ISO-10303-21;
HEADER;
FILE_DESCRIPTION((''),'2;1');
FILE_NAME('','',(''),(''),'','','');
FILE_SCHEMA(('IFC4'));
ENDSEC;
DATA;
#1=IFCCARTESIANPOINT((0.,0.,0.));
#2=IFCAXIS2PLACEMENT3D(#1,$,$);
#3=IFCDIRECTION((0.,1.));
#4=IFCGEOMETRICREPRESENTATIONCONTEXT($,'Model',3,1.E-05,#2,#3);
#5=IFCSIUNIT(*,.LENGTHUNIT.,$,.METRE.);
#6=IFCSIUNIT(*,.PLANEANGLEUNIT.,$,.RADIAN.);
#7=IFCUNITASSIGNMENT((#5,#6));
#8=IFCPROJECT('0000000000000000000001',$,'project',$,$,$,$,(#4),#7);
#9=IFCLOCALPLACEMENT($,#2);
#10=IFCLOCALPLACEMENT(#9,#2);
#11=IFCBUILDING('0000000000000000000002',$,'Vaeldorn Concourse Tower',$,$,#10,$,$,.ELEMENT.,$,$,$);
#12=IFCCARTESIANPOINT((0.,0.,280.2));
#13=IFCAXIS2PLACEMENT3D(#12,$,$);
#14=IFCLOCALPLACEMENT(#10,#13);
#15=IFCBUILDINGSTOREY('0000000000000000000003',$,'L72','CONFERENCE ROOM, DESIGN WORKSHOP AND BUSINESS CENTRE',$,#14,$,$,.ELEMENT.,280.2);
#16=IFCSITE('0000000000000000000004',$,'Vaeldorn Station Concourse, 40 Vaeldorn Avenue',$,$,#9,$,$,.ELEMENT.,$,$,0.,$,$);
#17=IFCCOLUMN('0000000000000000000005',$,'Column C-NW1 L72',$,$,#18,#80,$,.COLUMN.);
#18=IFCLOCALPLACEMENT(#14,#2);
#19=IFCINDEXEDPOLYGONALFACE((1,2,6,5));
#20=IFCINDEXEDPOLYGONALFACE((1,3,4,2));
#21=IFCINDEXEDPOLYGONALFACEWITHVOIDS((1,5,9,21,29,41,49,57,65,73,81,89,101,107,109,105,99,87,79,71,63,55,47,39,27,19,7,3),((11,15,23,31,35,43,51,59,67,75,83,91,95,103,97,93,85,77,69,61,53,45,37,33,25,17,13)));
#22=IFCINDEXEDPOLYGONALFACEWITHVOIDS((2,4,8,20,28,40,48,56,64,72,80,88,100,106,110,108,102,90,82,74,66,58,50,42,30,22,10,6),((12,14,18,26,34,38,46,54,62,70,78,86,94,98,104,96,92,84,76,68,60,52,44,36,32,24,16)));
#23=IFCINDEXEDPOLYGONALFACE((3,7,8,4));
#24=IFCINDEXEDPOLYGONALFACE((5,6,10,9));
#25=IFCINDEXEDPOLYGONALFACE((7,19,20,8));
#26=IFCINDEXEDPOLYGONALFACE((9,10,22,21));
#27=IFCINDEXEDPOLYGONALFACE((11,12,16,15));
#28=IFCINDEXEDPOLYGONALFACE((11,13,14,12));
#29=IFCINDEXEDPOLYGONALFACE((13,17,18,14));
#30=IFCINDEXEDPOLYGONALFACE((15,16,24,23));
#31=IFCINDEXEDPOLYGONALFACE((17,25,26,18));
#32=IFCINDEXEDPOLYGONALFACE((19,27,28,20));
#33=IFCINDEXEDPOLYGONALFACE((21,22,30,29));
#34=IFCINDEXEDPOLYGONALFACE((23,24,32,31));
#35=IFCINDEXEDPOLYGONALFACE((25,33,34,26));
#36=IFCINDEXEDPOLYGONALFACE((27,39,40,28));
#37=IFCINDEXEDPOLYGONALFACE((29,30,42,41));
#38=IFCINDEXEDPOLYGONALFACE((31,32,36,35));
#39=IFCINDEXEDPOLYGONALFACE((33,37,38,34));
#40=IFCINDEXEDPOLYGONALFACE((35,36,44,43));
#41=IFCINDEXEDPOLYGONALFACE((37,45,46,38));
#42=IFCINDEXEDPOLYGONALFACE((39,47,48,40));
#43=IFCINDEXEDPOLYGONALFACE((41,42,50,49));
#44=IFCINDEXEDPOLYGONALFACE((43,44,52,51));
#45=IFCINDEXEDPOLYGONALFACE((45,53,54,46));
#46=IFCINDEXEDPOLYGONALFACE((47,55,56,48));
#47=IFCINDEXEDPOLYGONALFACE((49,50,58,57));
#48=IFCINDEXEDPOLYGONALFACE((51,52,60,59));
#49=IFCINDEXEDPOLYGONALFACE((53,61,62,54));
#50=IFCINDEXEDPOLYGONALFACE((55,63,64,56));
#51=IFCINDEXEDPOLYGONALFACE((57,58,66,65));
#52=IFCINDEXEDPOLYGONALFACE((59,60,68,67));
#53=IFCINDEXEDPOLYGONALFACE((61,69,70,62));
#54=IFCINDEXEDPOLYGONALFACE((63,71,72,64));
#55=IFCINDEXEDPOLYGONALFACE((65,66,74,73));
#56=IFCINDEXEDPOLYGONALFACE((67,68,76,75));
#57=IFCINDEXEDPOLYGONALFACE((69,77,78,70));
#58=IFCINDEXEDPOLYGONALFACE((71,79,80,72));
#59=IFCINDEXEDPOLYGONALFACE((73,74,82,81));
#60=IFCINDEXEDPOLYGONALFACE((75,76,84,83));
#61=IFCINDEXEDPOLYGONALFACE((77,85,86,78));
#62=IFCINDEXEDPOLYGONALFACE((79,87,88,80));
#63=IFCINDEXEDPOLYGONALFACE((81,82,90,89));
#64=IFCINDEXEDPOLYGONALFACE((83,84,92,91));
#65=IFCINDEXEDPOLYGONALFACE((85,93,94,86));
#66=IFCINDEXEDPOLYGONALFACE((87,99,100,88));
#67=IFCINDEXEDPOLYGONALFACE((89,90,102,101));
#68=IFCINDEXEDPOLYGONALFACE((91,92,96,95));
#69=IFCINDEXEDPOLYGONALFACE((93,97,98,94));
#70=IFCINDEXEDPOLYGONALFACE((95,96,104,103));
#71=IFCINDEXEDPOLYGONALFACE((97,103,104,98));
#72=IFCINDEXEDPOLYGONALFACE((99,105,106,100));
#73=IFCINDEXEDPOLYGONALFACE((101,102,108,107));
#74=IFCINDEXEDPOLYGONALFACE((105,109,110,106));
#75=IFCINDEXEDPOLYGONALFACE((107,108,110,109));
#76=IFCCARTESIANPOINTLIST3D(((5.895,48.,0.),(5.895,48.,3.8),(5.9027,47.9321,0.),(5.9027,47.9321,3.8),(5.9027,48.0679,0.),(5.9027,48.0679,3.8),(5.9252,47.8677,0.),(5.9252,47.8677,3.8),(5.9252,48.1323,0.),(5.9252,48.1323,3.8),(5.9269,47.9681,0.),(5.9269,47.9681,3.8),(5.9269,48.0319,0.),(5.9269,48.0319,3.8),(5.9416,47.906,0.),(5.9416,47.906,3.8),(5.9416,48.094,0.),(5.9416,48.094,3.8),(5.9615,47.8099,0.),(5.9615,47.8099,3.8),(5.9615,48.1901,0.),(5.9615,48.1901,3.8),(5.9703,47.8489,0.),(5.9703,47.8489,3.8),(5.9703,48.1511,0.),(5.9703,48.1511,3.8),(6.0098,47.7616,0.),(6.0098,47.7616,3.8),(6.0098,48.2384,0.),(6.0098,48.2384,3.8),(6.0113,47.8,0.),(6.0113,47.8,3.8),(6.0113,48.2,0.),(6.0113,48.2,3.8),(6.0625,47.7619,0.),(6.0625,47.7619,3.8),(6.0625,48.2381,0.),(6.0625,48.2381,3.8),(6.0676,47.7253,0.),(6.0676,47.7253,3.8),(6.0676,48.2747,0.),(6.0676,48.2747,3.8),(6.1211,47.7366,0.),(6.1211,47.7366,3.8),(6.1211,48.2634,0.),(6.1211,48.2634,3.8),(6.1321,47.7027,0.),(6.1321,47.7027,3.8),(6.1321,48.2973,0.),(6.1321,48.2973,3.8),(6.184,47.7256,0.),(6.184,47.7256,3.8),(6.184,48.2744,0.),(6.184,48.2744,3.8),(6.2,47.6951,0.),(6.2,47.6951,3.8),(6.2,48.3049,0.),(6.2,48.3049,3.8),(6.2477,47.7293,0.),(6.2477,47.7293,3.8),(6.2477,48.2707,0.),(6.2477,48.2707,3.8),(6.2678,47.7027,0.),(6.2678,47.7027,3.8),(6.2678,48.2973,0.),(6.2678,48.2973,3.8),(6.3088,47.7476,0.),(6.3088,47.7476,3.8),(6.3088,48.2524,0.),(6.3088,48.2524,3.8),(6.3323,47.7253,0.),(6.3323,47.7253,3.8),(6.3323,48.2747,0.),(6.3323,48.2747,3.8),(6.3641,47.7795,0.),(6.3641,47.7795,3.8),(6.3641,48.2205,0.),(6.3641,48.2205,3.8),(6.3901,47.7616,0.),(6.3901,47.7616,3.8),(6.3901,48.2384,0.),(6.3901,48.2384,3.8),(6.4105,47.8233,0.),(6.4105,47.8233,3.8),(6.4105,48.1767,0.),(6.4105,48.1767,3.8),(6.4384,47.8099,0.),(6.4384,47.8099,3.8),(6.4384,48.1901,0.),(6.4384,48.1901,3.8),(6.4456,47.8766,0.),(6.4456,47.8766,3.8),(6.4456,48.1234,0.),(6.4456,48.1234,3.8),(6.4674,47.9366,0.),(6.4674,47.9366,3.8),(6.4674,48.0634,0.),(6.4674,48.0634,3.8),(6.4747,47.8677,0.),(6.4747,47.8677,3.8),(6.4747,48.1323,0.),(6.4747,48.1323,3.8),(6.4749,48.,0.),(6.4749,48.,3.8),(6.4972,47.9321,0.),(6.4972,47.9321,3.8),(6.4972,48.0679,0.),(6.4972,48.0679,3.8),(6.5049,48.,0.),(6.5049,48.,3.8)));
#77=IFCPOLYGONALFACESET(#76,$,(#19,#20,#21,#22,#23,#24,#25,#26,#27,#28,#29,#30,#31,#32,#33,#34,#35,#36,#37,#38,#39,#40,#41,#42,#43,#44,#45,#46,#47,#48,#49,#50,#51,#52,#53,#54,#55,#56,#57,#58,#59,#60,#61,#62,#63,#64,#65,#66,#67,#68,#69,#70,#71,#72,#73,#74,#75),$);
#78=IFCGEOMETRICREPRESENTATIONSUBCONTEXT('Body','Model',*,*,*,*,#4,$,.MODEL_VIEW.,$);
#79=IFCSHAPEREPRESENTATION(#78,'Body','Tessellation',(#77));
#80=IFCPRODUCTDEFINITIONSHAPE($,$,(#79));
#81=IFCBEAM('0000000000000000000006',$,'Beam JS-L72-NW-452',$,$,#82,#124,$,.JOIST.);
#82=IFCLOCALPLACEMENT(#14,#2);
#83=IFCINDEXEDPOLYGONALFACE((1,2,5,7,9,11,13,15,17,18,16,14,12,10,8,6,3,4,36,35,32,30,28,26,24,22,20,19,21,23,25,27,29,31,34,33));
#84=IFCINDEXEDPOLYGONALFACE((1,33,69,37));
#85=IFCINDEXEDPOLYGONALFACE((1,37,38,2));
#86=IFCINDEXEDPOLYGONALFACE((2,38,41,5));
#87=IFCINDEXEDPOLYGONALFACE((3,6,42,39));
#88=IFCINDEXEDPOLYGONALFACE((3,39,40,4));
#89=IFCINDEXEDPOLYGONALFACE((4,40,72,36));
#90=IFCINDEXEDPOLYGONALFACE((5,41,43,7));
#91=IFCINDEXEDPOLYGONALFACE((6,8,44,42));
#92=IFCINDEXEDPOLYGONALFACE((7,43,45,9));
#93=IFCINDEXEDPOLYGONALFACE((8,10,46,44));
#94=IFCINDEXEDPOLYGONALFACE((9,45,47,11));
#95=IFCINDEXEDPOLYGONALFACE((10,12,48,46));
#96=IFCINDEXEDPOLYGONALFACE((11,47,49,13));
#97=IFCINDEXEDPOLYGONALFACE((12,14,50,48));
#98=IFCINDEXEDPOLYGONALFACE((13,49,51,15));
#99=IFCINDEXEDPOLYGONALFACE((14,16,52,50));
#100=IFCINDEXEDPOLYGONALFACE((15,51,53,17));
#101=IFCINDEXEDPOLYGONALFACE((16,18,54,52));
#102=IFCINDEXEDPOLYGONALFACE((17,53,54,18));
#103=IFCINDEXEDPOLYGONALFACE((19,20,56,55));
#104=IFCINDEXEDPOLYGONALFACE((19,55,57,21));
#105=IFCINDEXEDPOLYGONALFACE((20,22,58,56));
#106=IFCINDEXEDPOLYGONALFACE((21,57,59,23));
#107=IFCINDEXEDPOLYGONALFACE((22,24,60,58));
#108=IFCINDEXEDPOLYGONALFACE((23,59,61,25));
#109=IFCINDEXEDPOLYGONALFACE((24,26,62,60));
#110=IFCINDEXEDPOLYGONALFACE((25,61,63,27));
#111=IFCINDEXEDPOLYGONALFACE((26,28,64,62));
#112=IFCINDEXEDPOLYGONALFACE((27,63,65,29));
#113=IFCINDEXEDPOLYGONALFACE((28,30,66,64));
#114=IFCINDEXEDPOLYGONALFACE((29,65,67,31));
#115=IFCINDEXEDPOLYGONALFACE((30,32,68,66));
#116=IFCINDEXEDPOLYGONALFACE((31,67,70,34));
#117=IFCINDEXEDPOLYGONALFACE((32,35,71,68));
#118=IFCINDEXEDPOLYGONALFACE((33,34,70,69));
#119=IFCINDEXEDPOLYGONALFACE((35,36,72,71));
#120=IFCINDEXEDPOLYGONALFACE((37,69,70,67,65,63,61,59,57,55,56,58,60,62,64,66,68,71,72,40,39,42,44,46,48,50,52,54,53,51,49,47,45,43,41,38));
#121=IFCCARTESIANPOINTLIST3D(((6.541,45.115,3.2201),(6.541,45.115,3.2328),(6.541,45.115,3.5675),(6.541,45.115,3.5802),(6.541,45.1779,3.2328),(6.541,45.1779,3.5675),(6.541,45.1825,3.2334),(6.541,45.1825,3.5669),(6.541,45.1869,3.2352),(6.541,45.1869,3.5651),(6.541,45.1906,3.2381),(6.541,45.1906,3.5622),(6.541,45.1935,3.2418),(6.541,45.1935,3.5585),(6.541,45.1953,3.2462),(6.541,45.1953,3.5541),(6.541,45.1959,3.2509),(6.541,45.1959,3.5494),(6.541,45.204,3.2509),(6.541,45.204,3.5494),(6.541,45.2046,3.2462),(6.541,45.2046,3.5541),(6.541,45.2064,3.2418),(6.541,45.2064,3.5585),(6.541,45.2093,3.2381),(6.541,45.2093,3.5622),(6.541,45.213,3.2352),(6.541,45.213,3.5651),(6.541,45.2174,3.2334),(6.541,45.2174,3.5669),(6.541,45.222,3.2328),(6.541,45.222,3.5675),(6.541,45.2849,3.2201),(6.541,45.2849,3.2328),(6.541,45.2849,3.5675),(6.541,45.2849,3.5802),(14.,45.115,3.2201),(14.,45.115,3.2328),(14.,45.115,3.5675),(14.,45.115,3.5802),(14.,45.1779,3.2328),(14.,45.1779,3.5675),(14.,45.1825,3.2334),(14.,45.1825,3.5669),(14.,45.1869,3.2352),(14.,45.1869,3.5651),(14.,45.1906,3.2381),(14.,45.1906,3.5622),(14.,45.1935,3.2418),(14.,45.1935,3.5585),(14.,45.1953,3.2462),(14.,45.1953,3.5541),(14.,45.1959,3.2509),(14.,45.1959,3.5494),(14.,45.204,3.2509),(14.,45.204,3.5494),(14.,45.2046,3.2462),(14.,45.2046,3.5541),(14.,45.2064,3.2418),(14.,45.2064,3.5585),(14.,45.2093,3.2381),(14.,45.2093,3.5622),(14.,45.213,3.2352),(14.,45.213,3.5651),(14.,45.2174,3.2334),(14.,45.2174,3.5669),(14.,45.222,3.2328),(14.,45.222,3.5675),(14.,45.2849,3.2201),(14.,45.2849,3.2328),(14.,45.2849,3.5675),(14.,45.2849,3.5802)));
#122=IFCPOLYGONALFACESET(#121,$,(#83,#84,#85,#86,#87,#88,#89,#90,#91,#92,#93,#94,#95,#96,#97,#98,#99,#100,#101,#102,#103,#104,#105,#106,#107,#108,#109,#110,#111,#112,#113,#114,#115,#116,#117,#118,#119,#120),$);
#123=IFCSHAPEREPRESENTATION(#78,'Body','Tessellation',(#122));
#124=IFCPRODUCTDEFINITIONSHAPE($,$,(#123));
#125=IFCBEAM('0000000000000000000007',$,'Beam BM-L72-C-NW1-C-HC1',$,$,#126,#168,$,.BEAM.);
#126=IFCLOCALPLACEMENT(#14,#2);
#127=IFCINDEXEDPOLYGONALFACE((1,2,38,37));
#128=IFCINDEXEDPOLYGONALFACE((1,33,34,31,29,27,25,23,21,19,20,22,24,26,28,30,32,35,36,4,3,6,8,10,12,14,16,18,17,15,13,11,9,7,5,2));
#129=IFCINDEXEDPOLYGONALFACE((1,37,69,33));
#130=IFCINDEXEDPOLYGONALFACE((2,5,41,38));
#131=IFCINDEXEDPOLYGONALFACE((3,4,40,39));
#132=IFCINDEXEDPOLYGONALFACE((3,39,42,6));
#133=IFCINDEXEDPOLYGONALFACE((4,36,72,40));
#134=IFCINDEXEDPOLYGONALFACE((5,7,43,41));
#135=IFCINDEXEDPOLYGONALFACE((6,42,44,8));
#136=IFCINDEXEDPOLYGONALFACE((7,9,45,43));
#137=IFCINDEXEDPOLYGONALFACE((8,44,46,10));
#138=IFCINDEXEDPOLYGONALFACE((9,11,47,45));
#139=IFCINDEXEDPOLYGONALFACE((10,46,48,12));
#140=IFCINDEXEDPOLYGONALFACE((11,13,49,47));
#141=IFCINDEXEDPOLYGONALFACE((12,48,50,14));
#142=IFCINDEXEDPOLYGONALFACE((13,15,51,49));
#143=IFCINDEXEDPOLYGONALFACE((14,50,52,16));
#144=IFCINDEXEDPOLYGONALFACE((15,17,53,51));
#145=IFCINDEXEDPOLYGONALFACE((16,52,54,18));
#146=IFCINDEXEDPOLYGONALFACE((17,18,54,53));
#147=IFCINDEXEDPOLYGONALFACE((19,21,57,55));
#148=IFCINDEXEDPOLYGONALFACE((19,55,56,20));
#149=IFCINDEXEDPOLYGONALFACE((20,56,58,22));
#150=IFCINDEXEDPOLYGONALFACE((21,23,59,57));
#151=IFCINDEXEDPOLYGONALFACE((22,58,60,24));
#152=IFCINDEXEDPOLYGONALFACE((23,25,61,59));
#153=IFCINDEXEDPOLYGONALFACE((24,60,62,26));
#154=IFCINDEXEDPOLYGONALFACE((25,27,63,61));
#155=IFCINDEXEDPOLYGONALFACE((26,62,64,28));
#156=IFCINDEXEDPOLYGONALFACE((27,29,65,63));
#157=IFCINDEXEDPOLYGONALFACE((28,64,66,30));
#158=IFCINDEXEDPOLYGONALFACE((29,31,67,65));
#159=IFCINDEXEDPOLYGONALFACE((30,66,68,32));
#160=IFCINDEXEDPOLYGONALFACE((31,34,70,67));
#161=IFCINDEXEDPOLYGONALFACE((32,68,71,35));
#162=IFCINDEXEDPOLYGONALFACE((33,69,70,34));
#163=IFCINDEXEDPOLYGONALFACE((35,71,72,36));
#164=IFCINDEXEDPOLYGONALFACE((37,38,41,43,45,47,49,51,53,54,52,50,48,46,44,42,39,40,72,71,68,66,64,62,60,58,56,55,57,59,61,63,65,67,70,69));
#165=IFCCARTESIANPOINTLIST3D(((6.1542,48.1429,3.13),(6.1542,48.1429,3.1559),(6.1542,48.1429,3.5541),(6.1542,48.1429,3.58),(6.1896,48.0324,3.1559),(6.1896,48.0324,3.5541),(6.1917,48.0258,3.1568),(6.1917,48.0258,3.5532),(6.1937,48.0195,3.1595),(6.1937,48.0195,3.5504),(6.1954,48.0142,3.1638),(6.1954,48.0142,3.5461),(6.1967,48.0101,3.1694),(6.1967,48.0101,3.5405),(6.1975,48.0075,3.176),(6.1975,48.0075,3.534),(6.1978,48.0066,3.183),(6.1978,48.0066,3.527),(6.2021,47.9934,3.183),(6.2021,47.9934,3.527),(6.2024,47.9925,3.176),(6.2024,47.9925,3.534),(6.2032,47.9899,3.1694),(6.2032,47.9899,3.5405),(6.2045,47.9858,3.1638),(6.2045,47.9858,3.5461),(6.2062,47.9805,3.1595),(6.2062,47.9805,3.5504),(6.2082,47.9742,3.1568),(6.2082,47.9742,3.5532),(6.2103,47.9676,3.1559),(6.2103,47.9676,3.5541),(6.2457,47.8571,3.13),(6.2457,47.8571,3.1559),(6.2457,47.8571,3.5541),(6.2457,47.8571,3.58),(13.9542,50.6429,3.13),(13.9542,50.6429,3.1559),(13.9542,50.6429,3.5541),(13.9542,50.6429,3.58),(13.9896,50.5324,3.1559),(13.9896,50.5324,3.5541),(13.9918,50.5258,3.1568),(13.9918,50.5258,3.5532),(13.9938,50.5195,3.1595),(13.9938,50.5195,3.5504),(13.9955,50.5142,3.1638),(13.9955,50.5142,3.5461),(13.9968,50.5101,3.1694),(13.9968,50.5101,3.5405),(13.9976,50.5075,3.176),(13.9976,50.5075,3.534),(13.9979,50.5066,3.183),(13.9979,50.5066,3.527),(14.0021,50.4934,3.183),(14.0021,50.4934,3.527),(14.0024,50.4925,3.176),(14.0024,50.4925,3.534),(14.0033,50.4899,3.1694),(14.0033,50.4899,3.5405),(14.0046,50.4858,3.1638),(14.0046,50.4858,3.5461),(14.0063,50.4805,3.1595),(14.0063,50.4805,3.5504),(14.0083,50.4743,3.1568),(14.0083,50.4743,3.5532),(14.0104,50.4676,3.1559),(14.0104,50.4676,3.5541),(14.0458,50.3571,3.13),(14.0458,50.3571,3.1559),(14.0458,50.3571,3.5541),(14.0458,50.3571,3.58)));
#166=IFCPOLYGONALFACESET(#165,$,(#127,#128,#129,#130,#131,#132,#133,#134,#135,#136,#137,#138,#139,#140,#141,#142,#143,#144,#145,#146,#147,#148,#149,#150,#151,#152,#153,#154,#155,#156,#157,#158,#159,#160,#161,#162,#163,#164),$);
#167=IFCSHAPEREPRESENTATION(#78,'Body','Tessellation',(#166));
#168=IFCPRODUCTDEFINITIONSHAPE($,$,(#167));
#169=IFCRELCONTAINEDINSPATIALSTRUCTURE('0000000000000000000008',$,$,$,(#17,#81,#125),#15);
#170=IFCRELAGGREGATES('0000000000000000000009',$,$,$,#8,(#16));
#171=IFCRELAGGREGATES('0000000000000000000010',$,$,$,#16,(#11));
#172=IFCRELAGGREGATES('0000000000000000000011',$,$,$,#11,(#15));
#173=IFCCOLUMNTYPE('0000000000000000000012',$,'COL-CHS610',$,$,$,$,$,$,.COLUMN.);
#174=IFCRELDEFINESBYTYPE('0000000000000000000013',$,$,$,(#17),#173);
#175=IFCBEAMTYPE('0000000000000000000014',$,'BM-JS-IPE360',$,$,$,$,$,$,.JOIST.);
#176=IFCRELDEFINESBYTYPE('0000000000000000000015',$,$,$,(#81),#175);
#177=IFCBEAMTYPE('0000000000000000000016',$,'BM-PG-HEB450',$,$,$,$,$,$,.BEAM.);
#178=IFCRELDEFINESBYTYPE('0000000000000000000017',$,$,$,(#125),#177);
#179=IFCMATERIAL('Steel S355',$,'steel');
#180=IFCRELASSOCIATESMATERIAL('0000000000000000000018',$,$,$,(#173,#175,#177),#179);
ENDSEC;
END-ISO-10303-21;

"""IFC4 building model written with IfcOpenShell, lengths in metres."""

from ifc_helpers import new_model, si_unit, direction, frame, origin, origin_2d, place, context, subcontext, project, spatial, hollow_circle, i_section, extrude, source, transform, mapped, material, material_profile, profile_set, type_object, element, save


model = new_model("IFC4")

# Units and contexts
model_context = context("Model", 3, precision=1e-05, world=origin(), true_north=direction((0.0, 1.0)))
body_context = subcontext(model_context, "Body", "Model", "MODEL_VIEW")
ifc_project = project(units=[si_unit("LENGTHUNIT", "METRE"), si_unit("PLANEANGLEUNIT", "RADIAN")], contexts=[model_context])

# Site, building, storey
site_placement = place(None, origin())
site = spatial("IfcSite", under=ifc_project, at=site_placement, Name="Vaeldorn Station Concourse, 40 Vaeldorn Avenue", CompositionType="ELEMENT", RefElevation=0.0)
building_placement = place(site_placement, origin())
building = spatial("IfcBuilding", under=site, at=building_placement, Name="Vaeldorn Concourse Tower", CompositionType="ELEMENT")
storey_placement = place(building_placement, frame((0.0, 0.0, 280.2)))
storey = spatial("IfcBuildingStorey", under=building, at=storey_placement, Name="L72", Description="CONFERENCE ROOM, DESIGN WORKSHOP AND BUSINESS CENTRE", CompositionType="ELEMENT", Elevation=280.2)

# Column
ifc_material_1 = material(Name="Steel S355", Category="steel")
ifc_material_profile_1 = material_profile(ifc_material_1, hollow_circle(Radius=0.3049, WallThickness=0.03, at=origin_2d()), Name="CHS 610x30")
ifc_profile_set_1 = profile_set([ifc_material_profile_1], Name="Steel S355")
column_type = type_object("IfcColumnType", Name="COL-CHS610", PredefinedType="COLUMN", material=ifc_profile_set_1)
shared_shape_1 = source(origin(), body_context, "Body", "SweptSolid", [
    extrude(hollow_circle(Radius=0.3049, WallThickness=0.03, at=origin_2d()), origin(), (0.0, 0.0, 1.0), 3.8),
])
column_placement = place(storey_placement, frame((6.2, 48.0, 0.0), z_axis=(0.0, 0.0, 1.0), x_axis=(1.0, 0.0, 0.0)))
element("IfcColumn", 1, at=column_placement, inside=storey, type_object=column_type, Name="Column C-NW1 L72", PredefinedType="COLUMN", context=body_context, shape_type="MappedRepresentation", body=[
    mapped(shared_shape_1, transform((0.0, 0.0, 0.0), scale=1.0)),
])

# Beams
ifc_material_profile_2 = material_profile(ifc_material_1, i_section(OverallWidth=0.1699, OverallDepth=0.3601, WebThickness=0.0081, FlangeThickness=0.0127, FilletRadius=0.0181, at=origin_2d()), Name="IPE 360")
ifc_profile_set_2 = profile_set([ifc_material_profile_2], Name="Steel S355")
beam_type_1 = type_object("IfcBeamType", Name="BM-JS-IPE360", PredefinedType="JOIST", material=ifc_profile_set_2)
shared_shape_2 = source(origin(), body_context, "Body", "SweptSolid", [
    extrude(i_section(OverallWidth=0.1699, OverallDepth=0.3601, WebThickness=0.0081, FlangeThickness=0.0127, FilletRadius=0.0181, at=origin_2d()), origin(), (0.0, 0.0, 1.0), 7.459),
])
beam_1_placement = place(storey_placement, frame((6.541, 45.2, 3.4001), z_axis=(1.0, 0.0, 0.0), x_axis=(0.0, 1.0, 0.0)))
element("IfcBeam", 2, at=beam_1_placement, inside=storey, type_object=beam_type_1, Name="Beam JS-L72-NW-452", PredefinedType="JOIST", context=body_context, shape_type="MappedRepresentation", body=[
    mapped(shared_shape_2, transform((0.0, 0.0, 0.0), scale=1.0)),
])
ifc_material_profile_3 = material_profile(ifc_material_1, i_section(OverallWidth=0.3, OverallDepth=0.45, WebThickness=0.0139, FlangeThickness=0.0259, FilletRadius=0.0271, at=origin_2d()), Name="HEB 450")
ifc_profile_set_3 = profile_set([ifc_material_profile_3], Name="Steel S355")
beam_type_2 = type_object("IfcBeamType", Name="BM-PG-HEB450", PredefinedType="BEAM", material=ifc_profile_set_3)
shared_shape_3 = source(origin(), body_context, "Body", "SweptSolid", [
    extrude(i_section(OverallWidth=0.3, OverallDepth=0.45, WebThickness=0.0139, FlangeThickness=0.0259, FilletRadius=0.0271, at=origin_2d()), origin(), (0.0, 0.0, 1.0), 8.1909),
])
beam_2_placement = place(storey_placement, frame((6.2, 48.0, 3.355), z_axis=(0.952283, 0.305217, 0.0), x_axis=(-0.305217, 0.952283, 0.0)))
element("IfcBeam", 3, at=beam_2_placement, inside=storey, type_object=beam_type_2, Name="Beam BM-L72-C-NW1-C-HC1", PredefinedType="BEAM", context=body_context, shape_type="MappedRepresentation", body=[
    mapped(shared_shape_3, transform((0.0, 0.0, 0.0), scale=1.0)),
])

save(model, "model.ifc")
